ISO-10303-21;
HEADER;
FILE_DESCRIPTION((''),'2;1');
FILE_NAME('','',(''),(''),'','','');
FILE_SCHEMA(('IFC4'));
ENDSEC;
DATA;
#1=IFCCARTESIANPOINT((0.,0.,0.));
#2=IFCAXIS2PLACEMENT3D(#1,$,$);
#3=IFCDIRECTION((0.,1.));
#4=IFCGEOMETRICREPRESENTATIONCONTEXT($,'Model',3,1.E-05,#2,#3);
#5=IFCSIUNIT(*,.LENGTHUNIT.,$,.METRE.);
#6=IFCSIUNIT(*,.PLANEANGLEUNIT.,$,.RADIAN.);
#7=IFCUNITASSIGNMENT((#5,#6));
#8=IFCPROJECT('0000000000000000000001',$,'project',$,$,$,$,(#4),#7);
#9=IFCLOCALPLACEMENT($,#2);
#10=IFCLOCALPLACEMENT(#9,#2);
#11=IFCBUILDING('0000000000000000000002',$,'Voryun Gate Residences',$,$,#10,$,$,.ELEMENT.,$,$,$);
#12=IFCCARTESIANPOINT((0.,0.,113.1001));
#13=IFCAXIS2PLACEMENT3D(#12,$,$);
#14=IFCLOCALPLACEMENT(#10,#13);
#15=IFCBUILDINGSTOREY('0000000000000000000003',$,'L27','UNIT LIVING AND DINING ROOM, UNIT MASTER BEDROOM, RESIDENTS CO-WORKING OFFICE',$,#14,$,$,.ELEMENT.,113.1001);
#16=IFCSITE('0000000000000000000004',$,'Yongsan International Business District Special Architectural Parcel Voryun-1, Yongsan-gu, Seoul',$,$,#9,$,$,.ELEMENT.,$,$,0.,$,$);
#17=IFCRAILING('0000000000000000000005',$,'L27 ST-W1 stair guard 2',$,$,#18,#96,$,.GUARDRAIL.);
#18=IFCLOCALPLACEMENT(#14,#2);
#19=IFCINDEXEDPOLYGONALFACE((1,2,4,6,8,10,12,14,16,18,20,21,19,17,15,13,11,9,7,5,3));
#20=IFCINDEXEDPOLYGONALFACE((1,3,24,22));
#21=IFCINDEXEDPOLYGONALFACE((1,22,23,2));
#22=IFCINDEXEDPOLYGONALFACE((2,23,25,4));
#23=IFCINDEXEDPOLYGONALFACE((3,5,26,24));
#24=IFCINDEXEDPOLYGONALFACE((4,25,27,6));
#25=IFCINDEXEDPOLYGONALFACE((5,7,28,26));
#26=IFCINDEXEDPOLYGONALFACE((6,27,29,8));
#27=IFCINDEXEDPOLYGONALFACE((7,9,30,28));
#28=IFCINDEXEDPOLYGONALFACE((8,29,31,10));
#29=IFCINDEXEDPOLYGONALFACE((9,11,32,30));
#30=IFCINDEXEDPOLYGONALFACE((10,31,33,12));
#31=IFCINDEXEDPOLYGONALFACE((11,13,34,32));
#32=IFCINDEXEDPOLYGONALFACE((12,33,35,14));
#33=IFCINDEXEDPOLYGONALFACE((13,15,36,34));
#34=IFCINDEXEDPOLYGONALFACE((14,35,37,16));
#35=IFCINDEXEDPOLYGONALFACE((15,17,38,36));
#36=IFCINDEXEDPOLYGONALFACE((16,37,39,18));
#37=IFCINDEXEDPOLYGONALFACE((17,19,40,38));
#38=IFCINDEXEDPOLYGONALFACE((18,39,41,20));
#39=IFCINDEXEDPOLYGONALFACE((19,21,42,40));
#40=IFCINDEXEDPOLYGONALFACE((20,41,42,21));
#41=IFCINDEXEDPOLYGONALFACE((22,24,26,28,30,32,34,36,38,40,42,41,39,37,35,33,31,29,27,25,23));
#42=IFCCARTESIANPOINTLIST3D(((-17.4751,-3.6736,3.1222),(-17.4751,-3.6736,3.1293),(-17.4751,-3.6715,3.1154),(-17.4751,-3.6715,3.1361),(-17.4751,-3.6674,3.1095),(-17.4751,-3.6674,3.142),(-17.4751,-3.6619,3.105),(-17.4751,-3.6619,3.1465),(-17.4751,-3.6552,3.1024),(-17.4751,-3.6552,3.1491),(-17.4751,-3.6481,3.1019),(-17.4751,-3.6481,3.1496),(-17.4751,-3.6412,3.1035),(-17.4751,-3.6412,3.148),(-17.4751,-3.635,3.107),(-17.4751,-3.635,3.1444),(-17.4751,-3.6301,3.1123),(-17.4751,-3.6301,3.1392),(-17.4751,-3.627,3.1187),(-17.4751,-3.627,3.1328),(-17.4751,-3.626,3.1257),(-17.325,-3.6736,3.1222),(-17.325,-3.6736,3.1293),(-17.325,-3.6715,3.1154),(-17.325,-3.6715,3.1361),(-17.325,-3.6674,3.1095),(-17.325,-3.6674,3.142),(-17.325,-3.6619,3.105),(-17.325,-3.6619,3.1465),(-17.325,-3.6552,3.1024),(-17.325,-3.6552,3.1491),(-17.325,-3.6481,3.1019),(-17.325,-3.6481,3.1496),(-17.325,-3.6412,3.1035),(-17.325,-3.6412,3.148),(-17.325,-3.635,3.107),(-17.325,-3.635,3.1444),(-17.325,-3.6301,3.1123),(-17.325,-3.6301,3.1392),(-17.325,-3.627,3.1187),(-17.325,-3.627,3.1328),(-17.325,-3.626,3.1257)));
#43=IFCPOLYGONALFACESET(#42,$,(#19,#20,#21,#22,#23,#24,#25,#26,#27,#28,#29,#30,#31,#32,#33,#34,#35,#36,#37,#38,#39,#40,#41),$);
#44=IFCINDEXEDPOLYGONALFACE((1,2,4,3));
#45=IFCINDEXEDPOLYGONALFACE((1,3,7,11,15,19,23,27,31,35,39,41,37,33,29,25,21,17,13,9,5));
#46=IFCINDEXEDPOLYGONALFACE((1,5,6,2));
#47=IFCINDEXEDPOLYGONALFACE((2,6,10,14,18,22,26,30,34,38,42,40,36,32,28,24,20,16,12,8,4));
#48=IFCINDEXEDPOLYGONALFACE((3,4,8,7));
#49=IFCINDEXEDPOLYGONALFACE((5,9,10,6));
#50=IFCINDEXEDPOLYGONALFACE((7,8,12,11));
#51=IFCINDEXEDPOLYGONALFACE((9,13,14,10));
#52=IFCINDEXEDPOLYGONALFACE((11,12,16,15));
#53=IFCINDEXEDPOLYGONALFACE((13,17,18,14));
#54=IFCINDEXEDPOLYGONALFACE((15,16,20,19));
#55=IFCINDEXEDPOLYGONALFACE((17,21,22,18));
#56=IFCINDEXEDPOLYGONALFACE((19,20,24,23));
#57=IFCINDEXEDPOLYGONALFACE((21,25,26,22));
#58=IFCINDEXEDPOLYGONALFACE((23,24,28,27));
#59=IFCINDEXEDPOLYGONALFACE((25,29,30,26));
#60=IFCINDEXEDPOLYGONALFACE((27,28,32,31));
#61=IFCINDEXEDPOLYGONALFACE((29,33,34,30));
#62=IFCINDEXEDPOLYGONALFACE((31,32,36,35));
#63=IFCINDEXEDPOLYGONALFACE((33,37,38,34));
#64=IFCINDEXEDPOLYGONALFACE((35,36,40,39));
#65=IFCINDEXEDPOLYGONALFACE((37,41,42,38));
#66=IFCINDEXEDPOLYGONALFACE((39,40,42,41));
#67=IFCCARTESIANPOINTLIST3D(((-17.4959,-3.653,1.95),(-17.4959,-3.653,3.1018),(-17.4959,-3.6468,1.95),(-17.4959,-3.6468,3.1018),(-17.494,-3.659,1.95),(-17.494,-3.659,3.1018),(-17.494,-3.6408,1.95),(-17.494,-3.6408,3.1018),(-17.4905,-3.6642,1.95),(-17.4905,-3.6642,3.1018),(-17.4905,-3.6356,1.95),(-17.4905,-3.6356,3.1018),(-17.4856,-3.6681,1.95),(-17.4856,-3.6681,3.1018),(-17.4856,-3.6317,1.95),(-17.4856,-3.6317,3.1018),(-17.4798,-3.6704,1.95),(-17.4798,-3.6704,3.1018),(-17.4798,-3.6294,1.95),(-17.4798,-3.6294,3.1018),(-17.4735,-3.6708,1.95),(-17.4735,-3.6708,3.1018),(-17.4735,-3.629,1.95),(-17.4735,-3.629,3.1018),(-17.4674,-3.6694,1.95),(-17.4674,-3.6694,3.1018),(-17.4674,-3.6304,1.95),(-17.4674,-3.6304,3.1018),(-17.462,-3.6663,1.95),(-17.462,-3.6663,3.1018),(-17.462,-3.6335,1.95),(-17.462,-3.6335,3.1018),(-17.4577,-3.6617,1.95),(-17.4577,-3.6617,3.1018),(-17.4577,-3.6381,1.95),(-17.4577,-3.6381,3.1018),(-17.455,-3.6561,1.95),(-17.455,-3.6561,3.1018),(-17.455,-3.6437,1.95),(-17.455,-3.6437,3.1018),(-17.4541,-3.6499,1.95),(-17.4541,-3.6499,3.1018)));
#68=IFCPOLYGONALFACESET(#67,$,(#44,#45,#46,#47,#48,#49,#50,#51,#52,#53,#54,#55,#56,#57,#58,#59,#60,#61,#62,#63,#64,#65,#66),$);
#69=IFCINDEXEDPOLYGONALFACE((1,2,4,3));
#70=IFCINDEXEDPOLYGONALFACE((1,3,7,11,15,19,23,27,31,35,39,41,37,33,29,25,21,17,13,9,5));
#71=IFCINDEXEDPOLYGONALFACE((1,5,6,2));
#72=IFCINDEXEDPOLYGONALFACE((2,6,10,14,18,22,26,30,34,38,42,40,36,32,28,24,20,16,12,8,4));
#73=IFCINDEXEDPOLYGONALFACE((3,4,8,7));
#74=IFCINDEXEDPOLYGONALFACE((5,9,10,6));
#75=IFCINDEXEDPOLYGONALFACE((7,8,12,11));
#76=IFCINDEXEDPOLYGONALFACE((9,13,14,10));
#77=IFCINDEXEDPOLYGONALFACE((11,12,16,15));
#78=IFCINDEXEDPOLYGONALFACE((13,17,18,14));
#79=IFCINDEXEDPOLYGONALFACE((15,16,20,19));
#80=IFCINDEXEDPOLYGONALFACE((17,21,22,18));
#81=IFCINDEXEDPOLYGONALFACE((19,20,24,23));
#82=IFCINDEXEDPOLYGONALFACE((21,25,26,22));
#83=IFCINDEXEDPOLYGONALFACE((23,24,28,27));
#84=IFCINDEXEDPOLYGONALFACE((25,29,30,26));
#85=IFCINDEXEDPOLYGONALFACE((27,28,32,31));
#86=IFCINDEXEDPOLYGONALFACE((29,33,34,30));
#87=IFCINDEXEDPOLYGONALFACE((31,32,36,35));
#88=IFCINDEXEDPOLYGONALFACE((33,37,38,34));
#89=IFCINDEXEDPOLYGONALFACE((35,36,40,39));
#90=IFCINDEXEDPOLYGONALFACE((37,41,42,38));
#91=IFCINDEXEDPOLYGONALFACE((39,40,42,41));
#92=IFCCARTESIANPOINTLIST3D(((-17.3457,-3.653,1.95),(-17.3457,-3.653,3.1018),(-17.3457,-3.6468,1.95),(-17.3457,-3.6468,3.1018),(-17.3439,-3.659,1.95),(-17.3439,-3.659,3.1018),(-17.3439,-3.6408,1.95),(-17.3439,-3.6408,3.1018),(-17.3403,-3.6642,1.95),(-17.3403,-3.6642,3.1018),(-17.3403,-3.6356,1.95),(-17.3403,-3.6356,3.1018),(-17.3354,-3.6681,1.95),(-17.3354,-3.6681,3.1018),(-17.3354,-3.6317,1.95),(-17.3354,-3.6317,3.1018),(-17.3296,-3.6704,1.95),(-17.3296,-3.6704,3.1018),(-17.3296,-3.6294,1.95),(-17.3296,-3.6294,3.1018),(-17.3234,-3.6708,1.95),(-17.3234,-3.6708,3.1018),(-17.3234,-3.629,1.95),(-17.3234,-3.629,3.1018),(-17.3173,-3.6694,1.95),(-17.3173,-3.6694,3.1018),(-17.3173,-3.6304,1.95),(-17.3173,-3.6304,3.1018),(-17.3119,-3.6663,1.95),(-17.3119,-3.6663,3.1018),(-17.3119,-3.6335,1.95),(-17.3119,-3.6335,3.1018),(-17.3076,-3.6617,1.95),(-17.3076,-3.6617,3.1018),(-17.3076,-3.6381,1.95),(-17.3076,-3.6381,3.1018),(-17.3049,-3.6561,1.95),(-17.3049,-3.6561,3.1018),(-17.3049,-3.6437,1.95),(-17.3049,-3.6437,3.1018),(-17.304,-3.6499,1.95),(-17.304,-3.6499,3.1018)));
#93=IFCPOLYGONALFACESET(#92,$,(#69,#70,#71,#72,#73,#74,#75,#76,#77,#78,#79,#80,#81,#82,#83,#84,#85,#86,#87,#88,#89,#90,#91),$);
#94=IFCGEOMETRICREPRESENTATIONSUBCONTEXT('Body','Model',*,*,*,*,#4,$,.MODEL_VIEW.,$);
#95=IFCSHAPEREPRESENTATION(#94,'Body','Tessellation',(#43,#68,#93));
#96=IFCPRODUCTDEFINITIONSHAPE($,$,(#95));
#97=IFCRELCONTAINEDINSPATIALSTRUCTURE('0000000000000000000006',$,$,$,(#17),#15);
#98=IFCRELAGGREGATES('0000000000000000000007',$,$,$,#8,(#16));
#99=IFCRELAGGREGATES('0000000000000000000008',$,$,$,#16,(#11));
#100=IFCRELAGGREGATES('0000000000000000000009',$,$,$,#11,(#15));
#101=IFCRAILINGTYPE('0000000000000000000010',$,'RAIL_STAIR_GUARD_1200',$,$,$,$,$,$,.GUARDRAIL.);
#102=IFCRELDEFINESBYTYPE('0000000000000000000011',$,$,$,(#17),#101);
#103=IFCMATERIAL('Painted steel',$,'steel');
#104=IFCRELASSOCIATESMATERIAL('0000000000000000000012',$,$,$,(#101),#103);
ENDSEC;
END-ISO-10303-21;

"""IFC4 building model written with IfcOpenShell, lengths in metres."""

from ifc_helpers import new_model, si_unit, direction, frame, origin, origin_2d, place, context, subcontext, project, spatial, circle, extrude, material, type_object, element, save


model = new_model("IFC4")

# Units and contexts
model_context = context("Model", 3, precision=1e-05, world=origin(), true_north=direction((0.0, 1.0)))
body_context = subcontext(model_context, "Body", "Model", "MODEL_VIEW")
ifc_project = project(units=[si_unit("LENGTHUNIT", "METRE"), si_unit("PLANEANGLEUNIT", "RADIAN")], contexts=[model_context])

# Site, building, storey
site_placement = place(None, origin())
site = spatial("IfcSite", under=ifc_project, at=site_placement, Name="Yongsan International Business District Special Architectural Parcel Voryun-1, Yongsan-gu, Seoul", CompositionType="ELEMENT", RefElevation=0.0)
building_placement = place(site_placement, origin())
building = spatial("IfcBuilding", under=site, at=building_placement, Name="Voryun Gate Residences", CompositionType="ELEMENT")
storey_placement = place(building_placement, frame((0.0, 0.0, 113.1001)))
storey = spatial("IfcBuildingStorey", under=building, at=storey_placement, Name="L27", Description="UNIT LIVING AND DINING ROOM, UNIT MASTER BEDROOM, RESIDENTS CO-WORKING OFFICE", CompositionType="ELEMENT", Elevation=113.1001)

# Railing
ifc_material_1 = material(Name="Painted steel", Category="steel")
railing_type_1 = type_object("IfcRailingType", Name="RAIL_STAIR_GUARD_1200", PredefinedType="GUARDRAIL", material=ifc_material_1)
railing_1_placement = place(storey_placement, frame((-17.4751, -3.6499, 1.95)))
element("IfcRailing", 1, at=railing_1_placement, inside=storey, type_object=railing_type_1, Name="L27 ST-W1 stair guard 2", PredefinedType="GUARDRAIL", context=body_context, shape_type="SweptSolid", body=[
    extrude(circle(Radius=0.0239, at=origin_2d()), frame((0.0, 0.0, 1.1758), z_axis=(1.0, 0.0, 0.0), x_axis=(0.0, 1.0, 0.0)), (0.0, 0.0, 1.0), 0.1501),
    extrude(circle(Radius=0.021, at=origin_2d()), origin(), (0.0, 0.0, 1.0), 1.1519),
    extrude(circle(Radius=0.021, at=origin_2d()), frame((0.1501, 0.0, 0.0)), (0.0, 0.0, 1.0), 1.1519),
])

save(model, "model.ifc")
